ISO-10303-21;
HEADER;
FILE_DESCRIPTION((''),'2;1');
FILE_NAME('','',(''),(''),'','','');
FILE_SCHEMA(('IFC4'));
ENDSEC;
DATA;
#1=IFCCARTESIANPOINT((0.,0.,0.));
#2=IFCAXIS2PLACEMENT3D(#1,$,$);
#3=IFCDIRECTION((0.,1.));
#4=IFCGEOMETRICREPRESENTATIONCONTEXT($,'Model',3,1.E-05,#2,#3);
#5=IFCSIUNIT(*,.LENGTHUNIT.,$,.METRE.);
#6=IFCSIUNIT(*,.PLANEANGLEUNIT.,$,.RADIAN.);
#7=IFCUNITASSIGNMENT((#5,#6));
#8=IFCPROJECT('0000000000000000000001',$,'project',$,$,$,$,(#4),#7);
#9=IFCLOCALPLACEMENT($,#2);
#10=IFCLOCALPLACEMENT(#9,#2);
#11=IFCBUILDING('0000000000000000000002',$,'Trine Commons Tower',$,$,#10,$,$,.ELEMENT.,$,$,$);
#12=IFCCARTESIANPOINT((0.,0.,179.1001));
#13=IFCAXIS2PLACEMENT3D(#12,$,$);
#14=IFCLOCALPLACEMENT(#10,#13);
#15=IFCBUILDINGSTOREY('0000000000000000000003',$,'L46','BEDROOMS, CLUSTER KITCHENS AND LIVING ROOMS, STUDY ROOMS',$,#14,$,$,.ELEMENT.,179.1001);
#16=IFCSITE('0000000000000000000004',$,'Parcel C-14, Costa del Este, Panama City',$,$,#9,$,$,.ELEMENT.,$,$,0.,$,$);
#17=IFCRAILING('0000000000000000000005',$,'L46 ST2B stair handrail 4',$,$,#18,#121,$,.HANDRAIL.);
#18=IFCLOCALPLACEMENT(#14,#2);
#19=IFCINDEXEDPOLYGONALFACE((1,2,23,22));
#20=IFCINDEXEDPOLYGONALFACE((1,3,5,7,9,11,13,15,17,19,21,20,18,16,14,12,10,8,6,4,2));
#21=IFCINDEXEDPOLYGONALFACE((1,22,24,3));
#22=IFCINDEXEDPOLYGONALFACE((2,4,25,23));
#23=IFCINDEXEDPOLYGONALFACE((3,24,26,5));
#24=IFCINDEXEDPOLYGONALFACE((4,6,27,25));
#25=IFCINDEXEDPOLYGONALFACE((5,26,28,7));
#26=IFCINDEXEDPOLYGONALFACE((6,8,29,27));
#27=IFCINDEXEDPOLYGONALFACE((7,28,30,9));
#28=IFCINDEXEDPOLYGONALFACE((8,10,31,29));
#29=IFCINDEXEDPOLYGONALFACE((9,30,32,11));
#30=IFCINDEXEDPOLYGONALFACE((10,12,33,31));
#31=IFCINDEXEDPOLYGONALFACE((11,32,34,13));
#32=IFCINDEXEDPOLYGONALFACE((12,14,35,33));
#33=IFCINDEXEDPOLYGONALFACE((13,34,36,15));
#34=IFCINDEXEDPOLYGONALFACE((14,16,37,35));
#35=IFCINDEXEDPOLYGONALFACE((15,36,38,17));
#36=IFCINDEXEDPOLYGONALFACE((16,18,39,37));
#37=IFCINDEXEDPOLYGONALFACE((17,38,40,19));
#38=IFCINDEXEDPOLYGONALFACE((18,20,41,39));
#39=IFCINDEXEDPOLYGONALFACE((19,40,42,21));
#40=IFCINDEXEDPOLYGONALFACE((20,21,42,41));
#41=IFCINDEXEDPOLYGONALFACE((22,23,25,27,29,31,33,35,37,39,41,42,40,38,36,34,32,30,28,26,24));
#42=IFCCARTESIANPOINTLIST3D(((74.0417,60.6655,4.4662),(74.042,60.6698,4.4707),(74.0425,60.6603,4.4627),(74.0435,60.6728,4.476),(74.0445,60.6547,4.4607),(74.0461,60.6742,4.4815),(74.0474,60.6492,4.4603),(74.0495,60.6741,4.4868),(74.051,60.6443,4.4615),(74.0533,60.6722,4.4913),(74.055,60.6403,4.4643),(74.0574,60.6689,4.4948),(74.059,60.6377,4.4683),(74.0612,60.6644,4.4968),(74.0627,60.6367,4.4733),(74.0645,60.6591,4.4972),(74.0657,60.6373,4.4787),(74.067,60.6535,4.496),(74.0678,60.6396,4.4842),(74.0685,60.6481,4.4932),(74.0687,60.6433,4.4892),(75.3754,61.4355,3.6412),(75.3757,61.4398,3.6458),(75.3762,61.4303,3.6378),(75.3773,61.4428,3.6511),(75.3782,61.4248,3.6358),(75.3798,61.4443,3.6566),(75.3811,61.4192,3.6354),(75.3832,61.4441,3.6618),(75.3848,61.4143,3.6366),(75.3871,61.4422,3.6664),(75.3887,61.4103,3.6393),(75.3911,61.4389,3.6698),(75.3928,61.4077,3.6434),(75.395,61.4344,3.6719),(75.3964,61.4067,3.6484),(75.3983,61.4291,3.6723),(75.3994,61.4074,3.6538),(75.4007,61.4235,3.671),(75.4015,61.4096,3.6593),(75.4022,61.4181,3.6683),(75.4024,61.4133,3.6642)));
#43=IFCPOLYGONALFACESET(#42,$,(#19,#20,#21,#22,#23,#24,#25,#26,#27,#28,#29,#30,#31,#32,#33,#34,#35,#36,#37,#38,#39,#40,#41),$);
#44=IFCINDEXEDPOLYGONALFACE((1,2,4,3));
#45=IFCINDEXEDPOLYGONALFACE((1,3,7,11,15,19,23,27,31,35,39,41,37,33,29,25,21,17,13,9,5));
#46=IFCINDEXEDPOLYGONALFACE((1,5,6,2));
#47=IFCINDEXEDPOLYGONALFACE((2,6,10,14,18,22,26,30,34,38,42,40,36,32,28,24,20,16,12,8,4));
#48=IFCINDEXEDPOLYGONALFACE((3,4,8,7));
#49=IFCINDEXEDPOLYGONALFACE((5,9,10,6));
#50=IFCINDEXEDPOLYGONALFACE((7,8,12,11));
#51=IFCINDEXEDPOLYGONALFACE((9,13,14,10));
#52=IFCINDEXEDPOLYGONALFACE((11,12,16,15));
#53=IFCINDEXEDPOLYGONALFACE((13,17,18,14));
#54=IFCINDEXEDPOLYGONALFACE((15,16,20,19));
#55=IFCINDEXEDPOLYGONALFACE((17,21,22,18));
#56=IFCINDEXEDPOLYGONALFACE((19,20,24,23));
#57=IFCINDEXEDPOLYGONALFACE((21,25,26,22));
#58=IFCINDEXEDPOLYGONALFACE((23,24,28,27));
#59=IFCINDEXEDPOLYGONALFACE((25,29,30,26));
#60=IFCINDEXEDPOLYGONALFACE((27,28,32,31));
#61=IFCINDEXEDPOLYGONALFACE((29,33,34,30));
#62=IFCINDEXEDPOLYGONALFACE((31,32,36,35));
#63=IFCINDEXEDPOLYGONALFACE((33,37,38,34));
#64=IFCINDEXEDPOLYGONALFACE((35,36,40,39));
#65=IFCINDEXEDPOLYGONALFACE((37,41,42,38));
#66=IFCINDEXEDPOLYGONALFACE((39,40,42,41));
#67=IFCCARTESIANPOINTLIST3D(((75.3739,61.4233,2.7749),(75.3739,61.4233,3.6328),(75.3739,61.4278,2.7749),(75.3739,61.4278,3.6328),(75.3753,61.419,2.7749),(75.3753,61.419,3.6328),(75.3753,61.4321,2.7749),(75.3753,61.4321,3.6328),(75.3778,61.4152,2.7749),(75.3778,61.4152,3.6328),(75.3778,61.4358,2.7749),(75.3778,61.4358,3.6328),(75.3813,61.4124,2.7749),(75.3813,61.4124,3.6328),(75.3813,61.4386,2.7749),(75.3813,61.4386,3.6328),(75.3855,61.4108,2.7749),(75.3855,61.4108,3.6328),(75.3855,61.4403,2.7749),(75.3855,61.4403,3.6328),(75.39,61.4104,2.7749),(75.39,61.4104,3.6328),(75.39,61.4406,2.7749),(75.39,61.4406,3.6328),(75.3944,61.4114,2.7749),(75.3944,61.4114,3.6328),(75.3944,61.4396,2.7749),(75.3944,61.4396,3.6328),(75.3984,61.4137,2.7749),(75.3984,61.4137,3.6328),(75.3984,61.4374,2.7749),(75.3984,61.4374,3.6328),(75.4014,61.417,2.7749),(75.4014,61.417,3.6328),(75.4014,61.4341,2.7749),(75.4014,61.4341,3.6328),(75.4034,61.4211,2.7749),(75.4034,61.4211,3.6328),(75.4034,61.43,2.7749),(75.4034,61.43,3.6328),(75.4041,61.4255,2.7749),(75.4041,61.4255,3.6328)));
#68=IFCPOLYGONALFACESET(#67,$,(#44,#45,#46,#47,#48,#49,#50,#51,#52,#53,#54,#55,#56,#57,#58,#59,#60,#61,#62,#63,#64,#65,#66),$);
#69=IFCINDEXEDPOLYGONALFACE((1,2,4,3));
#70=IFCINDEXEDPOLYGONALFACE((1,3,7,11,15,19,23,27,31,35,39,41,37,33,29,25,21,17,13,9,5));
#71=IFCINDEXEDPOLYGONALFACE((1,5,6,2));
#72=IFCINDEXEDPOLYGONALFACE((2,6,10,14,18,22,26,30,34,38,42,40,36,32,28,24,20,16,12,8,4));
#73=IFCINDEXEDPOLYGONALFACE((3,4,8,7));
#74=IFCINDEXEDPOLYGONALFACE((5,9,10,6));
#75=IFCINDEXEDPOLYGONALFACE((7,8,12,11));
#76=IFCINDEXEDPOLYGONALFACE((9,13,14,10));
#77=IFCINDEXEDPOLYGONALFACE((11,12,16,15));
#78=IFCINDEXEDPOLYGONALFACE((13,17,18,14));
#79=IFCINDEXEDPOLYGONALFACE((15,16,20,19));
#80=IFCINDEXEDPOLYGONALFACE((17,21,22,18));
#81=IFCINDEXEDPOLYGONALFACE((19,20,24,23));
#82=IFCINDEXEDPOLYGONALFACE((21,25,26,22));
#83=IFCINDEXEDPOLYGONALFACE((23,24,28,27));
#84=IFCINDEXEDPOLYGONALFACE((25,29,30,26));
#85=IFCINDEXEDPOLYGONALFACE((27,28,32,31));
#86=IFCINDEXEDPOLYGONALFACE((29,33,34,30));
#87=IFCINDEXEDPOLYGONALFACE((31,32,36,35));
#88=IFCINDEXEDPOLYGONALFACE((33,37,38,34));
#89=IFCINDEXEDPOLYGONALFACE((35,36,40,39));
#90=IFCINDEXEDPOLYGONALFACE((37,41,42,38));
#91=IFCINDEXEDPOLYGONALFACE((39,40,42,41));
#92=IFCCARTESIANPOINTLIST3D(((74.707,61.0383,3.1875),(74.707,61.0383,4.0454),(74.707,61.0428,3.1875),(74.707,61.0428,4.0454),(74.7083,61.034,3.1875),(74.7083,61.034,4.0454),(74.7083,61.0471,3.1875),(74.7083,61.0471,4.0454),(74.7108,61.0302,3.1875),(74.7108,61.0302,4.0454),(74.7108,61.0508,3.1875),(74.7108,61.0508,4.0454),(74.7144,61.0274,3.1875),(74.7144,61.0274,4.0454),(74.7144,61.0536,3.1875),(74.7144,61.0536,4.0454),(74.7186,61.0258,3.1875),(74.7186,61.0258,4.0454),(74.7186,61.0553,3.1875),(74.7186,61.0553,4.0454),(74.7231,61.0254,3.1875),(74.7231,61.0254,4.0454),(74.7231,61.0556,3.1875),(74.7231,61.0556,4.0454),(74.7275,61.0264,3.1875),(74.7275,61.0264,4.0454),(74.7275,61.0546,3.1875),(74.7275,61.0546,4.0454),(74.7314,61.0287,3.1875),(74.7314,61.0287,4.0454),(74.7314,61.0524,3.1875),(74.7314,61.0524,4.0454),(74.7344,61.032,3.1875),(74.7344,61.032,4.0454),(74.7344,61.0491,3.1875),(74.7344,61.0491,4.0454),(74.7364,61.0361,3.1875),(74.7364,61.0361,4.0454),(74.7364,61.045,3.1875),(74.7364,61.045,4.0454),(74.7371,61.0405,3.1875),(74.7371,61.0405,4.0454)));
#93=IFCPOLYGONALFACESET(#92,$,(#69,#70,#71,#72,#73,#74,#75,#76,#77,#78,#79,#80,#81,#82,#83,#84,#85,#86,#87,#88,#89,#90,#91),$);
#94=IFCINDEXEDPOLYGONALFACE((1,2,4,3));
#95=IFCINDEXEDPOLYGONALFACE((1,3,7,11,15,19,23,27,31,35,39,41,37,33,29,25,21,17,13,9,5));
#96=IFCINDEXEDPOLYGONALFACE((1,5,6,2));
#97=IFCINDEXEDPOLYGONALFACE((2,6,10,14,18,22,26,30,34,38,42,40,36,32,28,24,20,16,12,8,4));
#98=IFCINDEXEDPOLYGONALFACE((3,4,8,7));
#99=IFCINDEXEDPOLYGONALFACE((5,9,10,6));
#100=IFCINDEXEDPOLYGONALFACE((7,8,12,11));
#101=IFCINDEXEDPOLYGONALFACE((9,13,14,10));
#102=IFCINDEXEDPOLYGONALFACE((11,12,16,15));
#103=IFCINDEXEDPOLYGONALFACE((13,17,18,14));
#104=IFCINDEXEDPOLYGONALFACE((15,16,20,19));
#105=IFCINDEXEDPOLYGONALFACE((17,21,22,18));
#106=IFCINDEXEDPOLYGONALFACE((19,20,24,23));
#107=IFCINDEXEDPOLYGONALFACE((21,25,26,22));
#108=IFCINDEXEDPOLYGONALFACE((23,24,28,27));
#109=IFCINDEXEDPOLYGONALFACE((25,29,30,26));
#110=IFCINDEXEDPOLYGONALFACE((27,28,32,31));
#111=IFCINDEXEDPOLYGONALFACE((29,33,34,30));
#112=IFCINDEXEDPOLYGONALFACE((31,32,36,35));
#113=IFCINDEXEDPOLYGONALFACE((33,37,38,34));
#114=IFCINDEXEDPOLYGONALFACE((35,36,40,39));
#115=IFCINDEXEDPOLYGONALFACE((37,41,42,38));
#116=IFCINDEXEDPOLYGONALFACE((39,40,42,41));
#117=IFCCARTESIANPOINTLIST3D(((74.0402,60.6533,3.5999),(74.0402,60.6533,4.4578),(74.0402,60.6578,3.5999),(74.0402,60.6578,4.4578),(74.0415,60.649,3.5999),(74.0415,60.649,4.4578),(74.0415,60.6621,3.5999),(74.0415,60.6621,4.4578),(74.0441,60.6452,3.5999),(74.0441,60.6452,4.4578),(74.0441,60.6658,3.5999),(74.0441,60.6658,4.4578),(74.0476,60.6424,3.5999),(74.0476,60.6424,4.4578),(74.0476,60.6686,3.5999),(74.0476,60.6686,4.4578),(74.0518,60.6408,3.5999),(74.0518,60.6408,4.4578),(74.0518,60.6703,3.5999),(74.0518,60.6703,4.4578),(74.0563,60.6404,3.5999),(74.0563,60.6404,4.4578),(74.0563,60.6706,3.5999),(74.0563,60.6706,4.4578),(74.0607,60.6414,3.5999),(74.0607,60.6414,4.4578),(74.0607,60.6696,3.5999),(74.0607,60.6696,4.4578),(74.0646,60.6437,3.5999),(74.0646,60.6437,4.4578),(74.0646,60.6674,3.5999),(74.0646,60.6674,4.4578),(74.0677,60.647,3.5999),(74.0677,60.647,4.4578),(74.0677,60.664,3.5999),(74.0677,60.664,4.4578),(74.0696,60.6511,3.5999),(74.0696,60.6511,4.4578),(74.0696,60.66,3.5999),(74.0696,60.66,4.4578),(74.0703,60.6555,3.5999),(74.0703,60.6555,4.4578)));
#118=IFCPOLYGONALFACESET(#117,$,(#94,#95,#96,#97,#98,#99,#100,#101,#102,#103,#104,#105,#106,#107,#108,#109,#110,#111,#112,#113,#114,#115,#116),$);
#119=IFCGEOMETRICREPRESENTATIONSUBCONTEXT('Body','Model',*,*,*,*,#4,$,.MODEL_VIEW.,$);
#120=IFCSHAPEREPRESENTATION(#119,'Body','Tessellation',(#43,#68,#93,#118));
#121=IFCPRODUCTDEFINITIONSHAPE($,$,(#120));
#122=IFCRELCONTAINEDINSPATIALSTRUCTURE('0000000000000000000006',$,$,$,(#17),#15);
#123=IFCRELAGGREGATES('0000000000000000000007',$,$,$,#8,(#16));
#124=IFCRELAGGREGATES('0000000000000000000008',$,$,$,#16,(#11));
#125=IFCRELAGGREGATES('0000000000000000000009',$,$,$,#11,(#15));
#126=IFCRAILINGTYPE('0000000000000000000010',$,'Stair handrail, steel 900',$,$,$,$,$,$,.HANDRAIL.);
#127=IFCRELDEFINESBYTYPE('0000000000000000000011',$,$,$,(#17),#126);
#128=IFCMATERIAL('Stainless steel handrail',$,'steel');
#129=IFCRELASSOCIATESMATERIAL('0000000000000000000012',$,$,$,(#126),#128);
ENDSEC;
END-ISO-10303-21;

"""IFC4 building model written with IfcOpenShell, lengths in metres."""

from ifc_helpers import new_model, si_unit, direction, frame, origin, origin_2d, place, context, subcontext, project, spatial, circle, extrude, material, type_object, element, save


model = new_model("IFC4")

# Units and contexts
model_context = context("Model", 3, precision=1e-05, world=origin(), true_north=direction((0.0, 1.0)))
body_context = subcontext(model_context, "Body", "Model", "MODEL_VIEW")
ifc_project = project(units=[si_unit("LENGTHUNIT", "METRE"), si_unit("PLANEANGLEUNIT", "RADIAN")], contexts=[model_context])

# Site, building, storey
site_placement = place(None, origin())
site = spatial("IfcSite", under=ifc_project, at=site_placement, Name="Parcel C-14, Costa del Este, Panama City", CompositionType="ELEMENT", RefElevation=0.0)
building_placement = place(site_placement, origin())
building = spatial("IfcBuilding", under=site, at=building_placement, Name="Trine Commons Tower", CompositionType="ELEMENT")
storey_placement = place(building_placement, frame((0.0, 0.0, 179.1001)))
storey = spatial("IfcBuildingStorey", under=building, at=storey_placement, Name="L46", Description="BEDROOMS, CLUSTER KITCHENS AND LIVING ROOMS, STUDY ROOMS", CompositionType="ELEMENT", Elevation=179.1001)

# Railing
ifc_material_1 = material(Name="Stainless steel handrail", Category="steel")
railing_type_1 = type_object("IfcRailingType", Name="Stair handrail, steel 900", PredefinedType="HANDRAIL", material=ifc_material_1)
for number, where, name in (
    (1, (75.3889, 61.4255, 2.7749), "L46 ST2B stair handrail 4"),
):
    element("IfcRailing", number, at=place(storey_placement, frame(where)), inside=storey, type_object=railing_type_1, Name=name, PredefinedType="HANDRAIL", context=body_context, shape_type="SweptSolid", body=[
        extrude(circle(Radius=0.021, at=origin_2d()), frame((0.0, 0.0, 0.8789), z_axis=(-0.763405, -0.440743, 0.472185), x_axis=(0.499992, -0.86603, 0.0)), (0.0, 0.0, 1.0), 1.7471),
        extrude(circle(Radius=0.0151, at=origin_2d()), origin(), (0.0, 0.0, 1.0), 0.8579),
        extrude(circle(Radius=0.0151, at=origin_2d()), frame((-0.667, -0.385, 0.4126)), (0.0, 0.0, 1.0), 0.8579),
        extrude(circle(Radius=0.0151, at=origin_2d()), frame((-1.3337, -0.77, 0.825)), (0.0, 0.0, 1.0), 0.8579),
    ])

save(model, "model.ifc")
